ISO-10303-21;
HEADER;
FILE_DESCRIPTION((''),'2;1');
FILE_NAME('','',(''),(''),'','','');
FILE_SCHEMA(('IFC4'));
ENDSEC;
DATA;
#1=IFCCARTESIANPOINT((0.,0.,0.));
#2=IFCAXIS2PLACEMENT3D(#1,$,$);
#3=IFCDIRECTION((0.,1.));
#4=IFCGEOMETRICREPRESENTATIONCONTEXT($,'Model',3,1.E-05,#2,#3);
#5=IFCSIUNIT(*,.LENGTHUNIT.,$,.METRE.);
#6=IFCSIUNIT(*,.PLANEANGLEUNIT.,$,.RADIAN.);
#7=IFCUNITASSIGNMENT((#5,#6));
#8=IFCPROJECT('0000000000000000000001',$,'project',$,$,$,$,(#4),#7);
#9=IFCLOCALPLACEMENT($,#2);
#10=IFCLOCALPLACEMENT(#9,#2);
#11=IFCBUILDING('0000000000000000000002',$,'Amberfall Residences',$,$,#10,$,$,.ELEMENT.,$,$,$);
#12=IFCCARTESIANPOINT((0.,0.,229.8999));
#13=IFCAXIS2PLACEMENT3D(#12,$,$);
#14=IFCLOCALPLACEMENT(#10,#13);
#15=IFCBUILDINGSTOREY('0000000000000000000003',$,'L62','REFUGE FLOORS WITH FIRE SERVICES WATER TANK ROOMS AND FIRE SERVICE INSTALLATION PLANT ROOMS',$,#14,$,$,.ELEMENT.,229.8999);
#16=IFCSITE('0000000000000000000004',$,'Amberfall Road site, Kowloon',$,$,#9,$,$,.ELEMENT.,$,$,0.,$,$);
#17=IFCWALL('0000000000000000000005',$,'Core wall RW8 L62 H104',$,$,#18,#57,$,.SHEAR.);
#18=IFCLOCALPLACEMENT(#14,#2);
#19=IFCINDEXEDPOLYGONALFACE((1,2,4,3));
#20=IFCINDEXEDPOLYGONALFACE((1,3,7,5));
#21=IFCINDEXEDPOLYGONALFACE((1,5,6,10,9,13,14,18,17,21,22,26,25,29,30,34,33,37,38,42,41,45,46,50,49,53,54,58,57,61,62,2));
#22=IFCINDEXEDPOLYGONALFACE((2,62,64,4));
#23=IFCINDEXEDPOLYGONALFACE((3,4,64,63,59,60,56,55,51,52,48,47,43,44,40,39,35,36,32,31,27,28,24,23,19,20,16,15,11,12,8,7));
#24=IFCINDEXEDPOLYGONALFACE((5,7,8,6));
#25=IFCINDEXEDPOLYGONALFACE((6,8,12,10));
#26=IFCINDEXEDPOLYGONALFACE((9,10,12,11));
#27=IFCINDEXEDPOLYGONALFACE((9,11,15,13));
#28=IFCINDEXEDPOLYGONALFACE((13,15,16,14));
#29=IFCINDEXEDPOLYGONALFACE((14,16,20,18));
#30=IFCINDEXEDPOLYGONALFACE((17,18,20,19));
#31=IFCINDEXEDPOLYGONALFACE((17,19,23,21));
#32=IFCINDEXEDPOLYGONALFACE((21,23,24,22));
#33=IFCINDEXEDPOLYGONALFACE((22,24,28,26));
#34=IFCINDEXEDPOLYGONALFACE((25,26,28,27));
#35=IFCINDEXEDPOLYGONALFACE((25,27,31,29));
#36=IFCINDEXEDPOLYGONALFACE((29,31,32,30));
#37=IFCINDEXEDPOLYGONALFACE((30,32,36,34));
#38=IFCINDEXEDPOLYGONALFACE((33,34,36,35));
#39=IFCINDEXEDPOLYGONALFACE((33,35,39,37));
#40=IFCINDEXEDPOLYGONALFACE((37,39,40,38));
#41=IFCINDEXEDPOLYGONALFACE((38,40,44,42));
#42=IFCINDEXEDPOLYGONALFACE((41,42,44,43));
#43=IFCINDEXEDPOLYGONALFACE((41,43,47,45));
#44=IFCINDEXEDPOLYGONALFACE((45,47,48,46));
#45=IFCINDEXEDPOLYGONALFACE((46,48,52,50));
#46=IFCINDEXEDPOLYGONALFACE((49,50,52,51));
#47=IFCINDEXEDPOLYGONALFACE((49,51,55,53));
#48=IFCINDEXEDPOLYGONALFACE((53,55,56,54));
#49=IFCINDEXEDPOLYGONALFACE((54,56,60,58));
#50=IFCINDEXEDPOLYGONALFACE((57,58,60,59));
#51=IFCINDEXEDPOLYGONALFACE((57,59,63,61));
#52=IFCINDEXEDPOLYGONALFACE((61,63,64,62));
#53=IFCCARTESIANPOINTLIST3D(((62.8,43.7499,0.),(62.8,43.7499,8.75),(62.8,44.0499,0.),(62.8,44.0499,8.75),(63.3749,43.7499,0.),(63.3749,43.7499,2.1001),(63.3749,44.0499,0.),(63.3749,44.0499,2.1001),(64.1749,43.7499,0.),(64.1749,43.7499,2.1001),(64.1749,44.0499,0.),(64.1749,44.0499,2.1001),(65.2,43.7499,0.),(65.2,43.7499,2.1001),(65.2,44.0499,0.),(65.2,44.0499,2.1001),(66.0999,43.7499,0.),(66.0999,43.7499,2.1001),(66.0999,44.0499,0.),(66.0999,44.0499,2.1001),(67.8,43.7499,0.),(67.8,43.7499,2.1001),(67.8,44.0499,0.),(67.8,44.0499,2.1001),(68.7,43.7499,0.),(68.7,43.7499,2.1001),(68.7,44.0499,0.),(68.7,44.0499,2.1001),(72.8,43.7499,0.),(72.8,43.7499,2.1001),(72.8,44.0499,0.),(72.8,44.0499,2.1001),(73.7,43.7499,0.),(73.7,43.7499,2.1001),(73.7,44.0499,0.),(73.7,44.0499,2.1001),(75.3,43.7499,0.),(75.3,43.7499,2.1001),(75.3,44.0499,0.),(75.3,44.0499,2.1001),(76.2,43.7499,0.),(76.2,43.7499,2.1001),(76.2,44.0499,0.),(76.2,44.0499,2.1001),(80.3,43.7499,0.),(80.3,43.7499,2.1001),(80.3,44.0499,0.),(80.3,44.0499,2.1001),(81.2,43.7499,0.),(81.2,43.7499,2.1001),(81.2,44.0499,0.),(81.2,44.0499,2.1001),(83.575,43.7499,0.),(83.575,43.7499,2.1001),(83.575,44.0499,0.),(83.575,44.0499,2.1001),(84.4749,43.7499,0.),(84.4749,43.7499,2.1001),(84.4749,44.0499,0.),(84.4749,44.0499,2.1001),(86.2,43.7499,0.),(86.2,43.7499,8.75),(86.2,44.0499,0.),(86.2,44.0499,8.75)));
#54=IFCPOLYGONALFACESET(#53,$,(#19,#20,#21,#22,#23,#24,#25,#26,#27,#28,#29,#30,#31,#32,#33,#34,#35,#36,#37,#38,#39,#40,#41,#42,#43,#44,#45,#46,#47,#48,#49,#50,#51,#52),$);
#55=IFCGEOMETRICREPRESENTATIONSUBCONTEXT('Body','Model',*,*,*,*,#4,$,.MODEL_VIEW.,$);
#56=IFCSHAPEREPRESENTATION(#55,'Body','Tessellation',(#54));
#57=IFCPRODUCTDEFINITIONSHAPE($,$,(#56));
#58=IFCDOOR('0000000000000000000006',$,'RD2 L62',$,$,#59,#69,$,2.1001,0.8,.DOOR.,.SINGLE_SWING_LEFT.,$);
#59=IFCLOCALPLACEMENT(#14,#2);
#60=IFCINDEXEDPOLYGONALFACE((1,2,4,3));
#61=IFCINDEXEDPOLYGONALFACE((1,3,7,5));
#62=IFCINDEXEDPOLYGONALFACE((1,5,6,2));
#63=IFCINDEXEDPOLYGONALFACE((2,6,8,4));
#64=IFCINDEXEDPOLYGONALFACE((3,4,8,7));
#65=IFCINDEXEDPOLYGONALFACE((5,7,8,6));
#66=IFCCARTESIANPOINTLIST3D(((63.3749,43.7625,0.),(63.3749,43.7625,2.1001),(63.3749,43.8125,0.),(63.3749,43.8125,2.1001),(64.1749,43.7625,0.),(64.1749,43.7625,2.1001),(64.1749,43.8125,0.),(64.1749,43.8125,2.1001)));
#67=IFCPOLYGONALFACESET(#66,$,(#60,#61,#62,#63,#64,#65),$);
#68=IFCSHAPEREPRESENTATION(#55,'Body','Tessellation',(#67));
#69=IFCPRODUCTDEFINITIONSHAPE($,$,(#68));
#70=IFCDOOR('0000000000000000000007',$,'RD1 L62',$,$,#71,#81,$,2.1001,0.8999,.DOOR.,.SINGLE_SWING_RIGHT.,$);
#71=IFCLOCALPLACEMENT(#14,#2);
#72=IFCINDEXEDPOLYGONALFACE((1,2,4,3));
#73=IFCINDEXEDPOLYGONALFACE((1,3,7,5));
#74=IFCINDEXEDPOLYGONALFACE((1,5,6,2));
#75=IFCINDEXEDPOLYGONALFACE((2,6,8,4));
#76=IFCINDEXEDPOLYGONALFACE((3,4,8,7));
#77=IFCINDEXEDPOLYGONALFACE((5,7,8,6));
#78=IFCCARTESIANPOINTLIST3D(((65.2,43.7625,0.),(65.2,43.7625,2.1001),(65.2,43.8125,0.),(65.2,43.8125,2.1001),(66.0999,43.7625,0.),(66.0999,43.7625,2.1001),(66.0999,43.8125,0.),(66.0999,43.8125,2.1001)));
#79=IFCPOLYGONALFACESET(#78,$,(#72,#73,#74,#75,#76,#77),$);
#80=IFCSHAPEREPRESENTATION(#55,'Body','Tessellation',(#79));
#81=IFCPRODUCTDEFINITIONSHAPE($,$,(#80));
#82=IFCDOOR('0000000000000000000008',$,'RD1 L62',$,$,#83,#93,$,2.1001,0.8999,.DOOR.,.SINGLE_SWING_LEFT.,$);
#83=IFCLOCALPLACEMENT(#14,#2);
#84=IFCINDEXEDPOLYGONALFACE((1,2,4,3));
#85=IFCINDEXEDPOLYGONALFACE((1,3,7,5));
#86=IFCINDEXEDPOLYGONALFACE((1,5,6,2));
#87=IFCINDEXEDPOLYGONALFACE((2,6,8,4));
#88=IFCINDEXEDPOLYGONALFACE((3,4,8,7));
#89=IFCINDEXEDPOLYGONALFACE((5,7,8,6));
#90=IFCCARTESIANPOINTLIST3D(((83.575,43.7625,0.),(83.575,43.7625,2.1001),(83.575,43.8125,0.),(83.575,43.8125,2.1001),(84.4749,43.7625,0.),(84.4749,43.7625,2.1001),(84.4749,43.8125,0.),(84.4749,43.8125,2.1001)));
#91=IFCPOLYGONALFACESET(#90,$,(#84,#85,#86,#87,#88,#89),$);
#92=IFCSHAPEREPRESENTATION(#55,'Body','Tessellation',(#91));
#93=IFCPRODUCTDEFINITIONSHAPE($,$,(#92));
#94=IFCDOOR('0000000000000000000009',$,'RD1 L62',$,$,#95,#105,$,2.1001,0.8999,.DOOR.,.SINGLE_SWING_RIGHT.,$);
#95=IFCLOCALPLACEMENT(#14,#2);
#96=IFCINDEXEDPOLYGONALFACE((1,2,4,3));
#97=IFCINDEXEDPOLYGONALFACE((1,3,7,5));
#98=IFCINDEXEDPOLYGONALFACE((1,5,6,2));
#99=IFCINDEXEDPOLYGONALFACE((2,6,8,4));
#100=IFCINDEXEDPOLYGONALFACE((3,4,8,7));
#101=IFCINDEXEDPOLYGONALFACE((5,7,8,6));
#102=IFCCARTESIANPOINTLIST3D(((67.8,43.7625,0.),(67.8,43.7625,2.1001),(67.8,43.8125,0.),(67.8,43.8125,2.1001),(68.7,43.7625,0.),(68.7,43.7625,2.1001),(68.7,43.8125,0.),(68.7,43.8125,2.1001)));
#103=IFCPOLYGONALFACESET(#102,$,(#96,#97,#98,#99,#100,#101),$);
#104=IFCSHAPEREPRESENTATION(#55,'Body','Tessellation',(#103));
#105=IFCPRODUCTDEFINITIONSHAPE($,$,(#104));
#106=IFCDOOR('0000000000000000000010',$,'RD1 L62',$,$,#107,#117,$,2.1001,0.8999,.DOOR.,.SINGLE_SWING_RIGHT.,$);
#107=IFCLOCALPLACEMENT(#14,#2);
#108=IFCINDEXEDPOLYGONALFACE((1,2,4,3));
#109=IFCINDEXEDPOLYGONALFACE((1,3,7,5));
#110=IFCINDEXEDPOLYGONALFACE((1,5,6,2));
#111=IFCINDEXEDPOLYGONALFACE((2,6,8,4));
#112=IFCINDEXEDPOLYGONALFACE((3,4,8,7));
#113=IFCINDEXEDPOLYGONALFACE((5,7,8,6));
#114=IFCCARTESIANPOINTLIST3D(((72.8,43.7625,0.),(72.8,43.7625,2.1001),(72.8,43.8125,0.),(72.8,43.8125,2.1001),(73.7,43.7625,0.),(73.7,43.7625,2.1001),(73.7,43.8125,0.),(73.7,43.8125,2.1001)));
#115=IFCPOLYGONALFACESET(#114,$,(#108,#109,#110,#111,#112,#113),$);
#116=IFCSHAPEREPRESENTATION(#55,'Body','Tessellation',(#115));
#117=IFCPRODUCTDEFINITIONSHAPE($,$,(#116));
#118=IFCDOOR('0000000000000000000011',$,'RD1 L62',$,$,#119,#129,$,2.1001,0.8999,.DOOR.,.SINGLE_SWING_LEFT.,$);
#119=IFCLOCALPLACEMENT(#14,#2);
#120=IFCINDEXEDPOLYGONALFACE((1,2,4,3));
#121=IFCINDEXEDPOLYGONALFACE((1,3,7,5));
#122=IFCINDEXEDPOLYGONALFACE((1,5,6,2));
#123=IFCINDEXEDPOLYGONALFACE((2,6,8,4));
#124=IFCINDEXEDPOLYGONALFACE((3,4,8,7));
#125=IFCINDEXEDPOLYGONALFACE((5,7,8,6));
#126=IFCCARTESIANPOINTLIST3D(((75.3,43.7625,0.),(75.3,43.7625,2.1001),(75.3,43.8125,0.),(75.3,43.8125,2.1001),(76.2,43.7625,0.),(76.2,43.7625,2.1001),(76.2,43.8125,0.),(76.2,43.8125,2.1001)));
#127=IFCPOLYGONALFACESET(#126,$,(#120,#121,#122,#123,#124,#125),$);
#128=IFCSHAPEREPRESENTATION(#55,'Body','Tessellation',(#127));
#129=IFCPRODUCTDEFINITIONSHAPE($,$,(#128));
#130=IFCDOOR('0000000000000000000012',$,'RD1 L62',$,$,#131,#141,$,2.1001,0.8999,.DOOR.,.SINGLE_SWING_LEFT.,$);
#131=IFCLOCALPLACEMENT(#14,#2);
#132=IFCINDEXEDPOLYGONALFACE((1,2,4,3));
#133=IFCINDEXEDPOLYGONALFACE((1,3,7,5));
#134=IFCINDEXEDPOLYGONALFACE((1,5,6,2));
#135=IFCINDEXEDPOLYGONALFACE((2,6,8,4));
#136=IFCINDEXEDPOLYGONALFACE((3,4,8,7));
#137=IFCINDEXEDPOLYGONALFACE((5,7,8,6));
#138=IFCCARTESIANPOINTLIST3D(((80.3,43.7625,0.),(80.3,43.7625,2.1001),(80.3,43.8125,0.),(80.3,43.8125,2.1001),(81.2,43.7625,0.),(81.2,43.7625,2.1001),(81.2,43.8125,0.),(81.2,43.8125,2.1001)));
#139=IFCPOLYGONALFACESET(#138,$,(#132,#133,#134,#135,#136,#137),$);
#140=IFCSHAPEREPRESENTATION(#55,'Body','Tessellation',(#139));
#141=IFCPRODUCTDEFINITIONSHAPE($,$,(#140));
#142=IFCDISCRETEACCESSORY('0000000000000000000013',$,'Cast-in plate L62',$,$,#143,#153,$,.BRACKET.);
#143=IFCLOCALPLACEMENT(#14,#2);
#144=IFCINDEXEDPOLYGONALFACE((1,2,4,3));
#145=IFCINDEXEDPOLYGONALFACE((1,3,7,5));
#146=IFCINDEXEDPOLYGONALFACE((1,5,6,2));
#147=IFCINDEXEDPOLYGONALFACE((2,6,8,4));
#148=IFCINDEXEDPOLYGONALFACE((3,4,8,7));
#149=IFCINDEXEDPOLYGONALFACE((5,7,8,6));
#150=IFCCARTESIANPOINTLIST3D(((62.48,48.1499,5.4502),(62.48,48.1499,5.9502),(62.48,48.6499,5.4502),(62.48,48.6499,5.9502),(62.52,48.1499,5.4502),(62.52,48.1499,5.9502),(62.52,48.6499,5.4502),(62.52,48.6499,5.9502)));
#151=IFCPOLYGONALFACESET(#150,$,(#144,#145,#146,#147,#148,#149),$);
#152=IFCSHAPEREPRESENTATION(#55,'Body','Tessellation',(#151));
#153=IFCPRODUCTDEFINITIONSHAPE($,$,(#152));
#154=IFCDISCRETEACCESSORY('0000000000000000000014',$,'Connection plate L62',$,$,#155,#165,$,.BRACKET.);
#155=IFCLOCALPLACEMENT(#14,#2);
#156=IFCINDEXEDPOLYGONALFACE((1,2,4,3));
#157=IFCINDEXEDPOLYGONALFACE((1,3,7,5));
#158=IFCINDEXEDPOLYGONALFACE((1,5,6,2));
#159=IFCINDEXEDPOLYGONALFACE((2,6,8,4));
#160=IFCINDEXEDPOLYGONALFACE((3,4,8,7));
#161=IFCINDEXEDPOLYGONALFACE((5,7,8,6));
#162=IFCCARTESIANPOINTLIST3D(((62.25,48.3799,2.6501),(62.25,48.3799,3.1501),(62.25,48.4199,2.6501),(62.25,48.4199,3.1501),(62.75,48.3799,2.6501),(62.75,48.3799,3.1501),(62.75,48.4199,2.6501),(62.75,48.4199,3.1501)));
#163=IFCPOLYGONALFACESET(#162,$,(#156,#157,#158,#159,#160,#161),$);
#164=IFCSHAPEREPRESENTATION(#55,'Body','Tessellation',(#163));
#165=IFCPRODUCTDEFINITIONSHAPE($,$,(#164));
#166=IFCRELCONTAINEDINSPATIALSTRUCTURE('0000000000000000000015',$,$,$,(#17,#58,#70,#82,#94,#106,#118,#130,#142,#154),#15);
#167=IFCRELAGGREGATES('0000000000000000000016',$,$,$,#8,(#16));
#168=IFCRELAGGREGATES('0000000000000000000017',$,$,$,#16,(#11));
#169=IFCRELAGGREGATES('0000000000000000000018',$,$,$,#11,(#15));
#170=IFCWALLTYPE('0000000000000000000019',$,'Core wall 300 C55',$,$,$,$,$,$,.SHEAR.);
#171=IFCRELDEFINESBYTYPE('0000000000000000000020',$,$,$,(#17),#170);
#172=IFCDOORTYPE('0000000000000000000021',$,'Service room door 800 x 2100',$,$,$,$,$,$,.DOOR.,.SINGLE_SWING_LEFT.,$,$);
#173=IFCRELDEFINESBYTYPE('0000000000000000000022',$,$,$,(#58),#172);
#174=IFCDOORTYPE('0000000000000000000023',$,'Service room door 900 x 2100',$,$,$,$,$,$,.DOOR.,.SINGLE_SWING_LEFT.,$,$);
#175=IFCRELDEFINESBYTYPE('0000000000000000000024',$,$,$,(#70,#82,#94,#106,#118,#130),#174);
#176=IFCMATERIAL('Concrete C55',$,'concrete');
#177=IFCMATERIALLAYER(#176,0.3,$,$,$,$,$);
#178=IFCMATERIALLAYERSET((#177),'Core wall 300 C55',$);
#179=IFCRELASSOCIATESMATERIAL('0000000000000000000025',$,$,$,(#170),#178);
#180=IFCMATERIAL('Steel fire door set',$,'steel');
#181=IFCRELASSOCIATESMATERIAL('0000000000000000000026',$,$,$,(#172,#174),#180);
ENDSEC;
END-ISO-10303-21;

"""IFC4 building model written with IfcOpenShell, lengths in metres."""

from ifc_helpers import new_model, si_unit, direction, frame, frame_2d, origin, origin_2d, place, context, subcontext, project, spatial, rectangle, extrude, material, layer, layer_set, type_object, element, fill, save


model = new_model("IFC4")

# Units and contexts
model_context = context("Model", 3, precision=1e-05, world=origin(), true_north=direction((0.0, 1.0)))
body_context = subcontext(model_context, "Body", "Model", "MODEL_VIEW")
ifc_project = project(units=[si_unit("LENGTHUNIT", "METRE"), si_unit("PLANEANGLEUNIT", "RADIAN")], contexts=[model_context])

# Site, building, storey
site_placement = place(None, origin())
site = spatial("IfcSite", under=ifc_project, at=site_placement, Name="Amberfall Road site, Kowloon", CompositionType="ELEMENT", RefElevation=0.0)
building_placement = place(site_placement, origin())
building = spatial("IfcBuilding", under=site, at=building_placement, Name="Amberfall Residences", CompositionType="ELEMENT")
storey_placement = place(building_placement, frame((0.0, 0.0, 229.8999)))
storey = spatial("IfcBuildingStorey", under=building, at=storey_placement, Name="L62", Description="REFUGE FLOORS WITH FIRE SERVICES WATER TANK ROOMS AND FIRE SERVICE INSTALLATION PLANT ROOMS", CompositionType="ELEMENT", Elevation=229.8999)

# Wall, openings, doors
ifc_material_1 = material(Name="Concrete C55", Category="concrete")
ifc_layer = layer(ifc_material_1, 0.3)
ifc_layer_set = layer_set([ifc_layer], Name="Core wall 300 C55")
wall_type = type_object("IfcWallType", Name="Core wall 300 C55", PredefinedType="SHEAR", material=ifc_layer_set)
wall_1_placement = place(storey_placement, frame((62.8, 43.8999, 0.0), z_axis=(0.0, 0.0, 1.0), x_axis=(1.0, 0.0, 0.0)))
wall_1 = element("IfcWall", 1, at=wall_1_placement, inside=storey, type_object=wall_type, Name="Core wall RW8 L62 H104", PredefinedType="SHEAR", context=body_context, shape_type="SweptSolid", body=[
    extrude(rectangle(XDim=23.3999, YDim=0.3, at=frame_2d((11.7, 0.0))), origin(), (0.0, 0.0, 1.0), 8.75),
])
opening_1_placement = place(wall_1_placement, frame((0.575, 0.0, 0.0)))
opening_1 = element("IfcOpeningElement", 2, at=opening_1_placement, cuts=wall_1, PredefinedType="OPENING", context=body_context, shape_type="SweptSolid", body=[
    extrude(rectangle(XDim=0.8, YDim=2.1001, at=frame_2d((0.3999, 1.05))), frame((0.0, 0.1599, 0.0), z_axis=(0.0, -1.0, 0.0), x_axis=(1.0, 0.0, 0.0)), (0.0, 0.0, 1.0), 0.3201),
])
opening_2_placement = place(wall_1_placement, frame((2.3999, 0.0, 0.0)))
opening_2 = element("IfcOpeningElement", 3, at=opening_2_placement, cuts=wall_1, PredefinedType="OPENING", context=body_context, shape_type="SweptSolid", body=[
    extrude(rectangle(XDim=0.8999, YDim=2.1001, at=frame_2d((0.45, 1.05))), frame((0.0, 0.1599, 0.0), z_axis=(0.0, -1.0, 0.0), x_axis=(1.0, 0.0, 0.0)), (0.0, 0.0, 1.0), 0.3201),
])
opening_3_placement = place(wall_1_placement, frame((20.7749, 0.0, 0.0)))
opening_3 = element("IfcOpeningElement", 4, at=opening_3_placement, cuts=wall_1, PredefinedType="OPENING", context=body_context, shape_type="SweptSolid", body=[
    extrude(rectangle(XDim=0.8999, YDim=2.1001, at=frame_2d((0.45, 1.05))), frame((0.0, 0.1599, 0.0), z_axis=(0.0, -1.0, 0.0), x_axis=(1.0, 0.0, 0.0)), (0.0, 0.0, 1.0), 0.3201),
])
opening_4_placement = place(wall_1_placement, frame((5.0, 0.0, 0.0)))
opening_4 = element("IfcOpeningElement", 5, at=opening_4_placement, cuts=wall_1, PredefinedType="OPENING", context=body_context, shape_type="SweptSolid", body=[
    extrude(rectangle(XDim=0.8999, YDim=2.1001, at=frame_2d((0.45, 1.05))), frame((0.0, 0.1599, 0.0), z_axis=(0.0, -1.0, 0.0), x_axis=(1.0, 0.0, 0.0)), (0.0, 0.0, 1.0), 0.3201),
])
opening_5_placement = place(wall_1_placement, frame((10.0, 0.0, 0.0)))
opening_5 = element("IfcOpeningElement", 6, at=opening_5_placement, cuts=wall_1, PredefinedType="OPENING", context=body_context, shape_type="SweptSolid", body=[
    extrude(rectangle(XDim=0.8999, YDim=2.1001, at=frame_2d((0.45, 1.05))), frame((0.0, 0.1599, 0.0), z_axis=(0.0, -1.0, 0.0), x_axis=(1.0, 0.0, 0.0)), (0.0, 0.0, 1.0), 0.3201),
])
opening_6_placement = place(wall_1_placement, frame((12.5, 0.0, 0.0)))
opening_6 = element("IfcOpeningElement", 7, at=opening_6_placement, cuts=wall_1, PredefinedType="OPENING", context=body_context, shape_type="SweptSolid", body=[
    extrude(rectangle(XDim=0.8999, YDim=2.1001, at=frame_2d((0.45, 1.05))), frame((0.0, 0.1599, 0.0), z_axis=(0.0, -1.0, 0.0), x_axis=(1.0, 0.0, 0.0)), (0.0, 0.0, 1.0), 0.3201),
])
opening_7_placement = place(wall_1_placement, frame((17.5, 0.0, 0.0)))
opening_7 = element("IfcOpeningElement", 8, at=opening_7_placement, cuts=wall_1, PredefinedType="OPENING", context=body_context, shape_type="SweptSolid", body=[
    extrude(rectangle(XDim=0.8999, YDim=2.1001, at=frame_2d((0.45, 1.05))), frame((0.0, 0.1599, 0.0), z_axis=(0.0, -1.0, 0.0), x_axis=(1.0, 0.0, 0.0)), (0.0, 0.0, 1.0), 0.3201),
])
ifc_material_2 = material(Name="Steel fire door set", Category="steel")
door_type_1 = type_object("IfcDoorType", Name="Service room door 800 x 2100", OperationType="SINGLE_SWING_LEFT", PredefinedType="DOOR", material=ifc_material_2)
door_1_placement = place(opening_1_placement, origin())
door_1 = element("IfcDoor", 9, at=door_1_placement, inside=storey, type_object=door_type_1, Name="RD2 L62", OperationType="SINGLE_SWING_LEFT", OverallHeight=2.1001, OverallWidth=0.8, PredefinedType="DOOR", context=body_context, shape_type="SweptSolid", body=[
    extrude(rectangle(XDim=0.8, YDim=2.1001, at=frame_2d((0.3999, 1.05))), frame((0.0, -0.0874, 0.0), z_axis=(0.0, -1.0, 0.0), x_axis=(1.0, 0.0, 0.0)), (0.0, 0.0, 1.0), 0.05),
])
fill(opening_1, door_1)
door_type_2 = type_object("IfcDoorType", Name="Service room door 900 x 2100", OperationType="SINGLE_SWING_LEFT", PredefinedType="DOOR", material=ifc_material_2)
door_2_placement = place(opening_2_placement, origin())
door_2 = element("IfcDoor", 10, at=door_2_placement, inside=storey, type_object=door_type_2, Name="RD1 L62", OperationType="SINGLE_SWING_RIGHT", OverallHeight=2.1001, OverallWidth=0.8999, PredefinedType="DOOR", context=body_context, shape_type="SweptSolid", body=[
    extrude(rectangle(XDim=0.8999, YDim=2.1001, at=frame_2d((0.45, 1.05))), frame((0.0, -0.0874, 0.0), z_axis=(0.0, -1.0, 0.0), x_axis=(1.0, 0.0, 0.0)), (0.0, 0.0, 1.0), 0.05),
])
fill(opening_2, door_2)
door_3_placement = place(opening_3_placement, origin())
door_3 = element("IfcDoor", 11, at=door_3_placement, inside=storey, type_object=door_type_2, Name="RD1 L62", OperationType="SINGLE_SWING_LEFT", OverallHeight=2.1001, OverallWidth=0.8999, PredefinedType="DOOR", context=body_context, shape_type="SweptSolid", body=[
    extrude(rectangle(XDim=0.8999, YDim=2.1001, at=frame_2d((0.45, 1.05))), frame((0.0, -0.0874, 0.0), z_axis=(0.0, -1.0, 0.0), x_axis=(1.0, 0.0, 0.0)), (0.0, 0.0, 1.0), 0.05),
])
fill(opening_3, door_3)
door_4_placement = place(opening_4_placement, origin())
door_4 = element("IfcDoor", 12, at=door_4_placement, inside=storey, type_object=door_type_2, Name="RD1 L62", OperationType="SINGLE_SWING_RIGHT", OverallHeight=2.1001, OverallWidth=0.8999, PredefinedType="DOOR", context=body_context, shape_type="SweptSolid", body=[
    extrude(rectangle(XDim=0.8999, YDim=2.1001, at=frame_2d((0.45, 1.05))), frame((0.0, -0.0874, 0.0), z_axis=(0.0, -1.0, 0.0), x_axis=(1.0, 0.0, 0.0)), (0.0, 0.0, 1.0), 0.05),
])
fill(opening_4, door_4)
door_5_placement = place(opening_5_placement, origin())
door_5 = element("IfcDoor", 13, at=door_5_placement, inside=storey, type_object=door_type_2, Name="RD1 L62", OperationType="SINGLE_SWING_RIGHT", OverallHeight=2.1001, OverallWidth=0.8999, PredefinedType="DOOR", context=body_context, shape_type="SweptSolid", body=[
    extrude(rectangle(XDim=0.8999, YDim=2.1001, at=frame_2d((0.45, 1.05))), frame((0.0, -0.0874, 0.0), z_axis=(0.0, -1.0, 0.0), x_axis=(1.0, 0.0, 0.0)), (0.0, 0.0, 1.0), 0.05),
])
fill(opening_5, door_5)
door_6_placement = place(opening_6_placement, origin())
door_6 = element("IfcDoor", 14, at=door_6_placement, inside=storey, type_object=door_type_2, Name="RD1 L62", OperationType="SINGLE_SWING_LEFT", OverallHeight=2.1001, OverallWidth=0.8999, PredefinedType="DOOR", context=body_context, shape_type="SweptSolid", body=[
    extrude(rectangle(XDim=0.8999, YDim=2.1001, at=frame_2d((0.45, 1.05))), frame((0.0, -0.0874, 0.0), z_axis=(0.0, -1.0, 0.0), x_axis=(1.0, 0.0, 0.0)), (0.0, 0.0, 1.0), 0.05),
])
fill(opening_6, door_6)
door_7_placement = place(opening_7_placement, origin())
door_7 = element("IfcDoor", 15, at=door_7_placement, inside=storey, type_object=door_type_2, Name="RD1 L62", OperationType="SINGLE_SWING_LEFT", OverallHeight=2.1001, OverallWidth=0.8999, PredefinedType="DOOR", context=body_context, shape_type="SweptSolid", body=[
    extrude(rectangle(XDim=0.8999, YDim=2.1001, at=frame_2d((0.45, 1.05))), frame((0.0, -0.0874, 0.0), z_axis=(0.0, -1.0, 0.0), x_axis=(1.0, 0.0, 0.0)), (0.0, 0.0, 1.0), 0.05),
])
fill(opening_7, door_7)

# Discrete accessories
discrete_accessory_placement = place(storey_placement, frame((62.5, 48.3999, 5.4502), z_axis=(0.0, 0.0, 1.0), x_axis=(1.0, 0.0, 0.0)))
element("IfcDiscreteAccessory", 16, at=discrete_accessory_placement, inside=storey, Name="Cast-in plate L62", PredefinedType="BRACKET", context=body_context, shape_type="SweptSolid", body=[
    extrude(rectangle(XDim=0.04, YDim=0.5, at=origin_2d()), origin(), (0.0, 0.0, 1.0), 0.5),
])
for number, where, z_axis, x_axis, name in (
    (17, (62.5, 48.3999, 2.6501), (0.0, 0.0, 1.0), (1.0, 0.0, 0.0), "Connection plate L62"),
):
    element("IfcDiscreteAccessory", number, at=place(storey_placement, frame(where, z_axis=z_axis, x_axis=x_axis)), inside=storey, Name=name, PredefinedType="BRACKET", context=body_context, shape_type="SweptSolid", body=[
        extrude(rectangle(XDim=0.5, YDim=0.04, at=origin_2d()), origin(), (0.0, 0.0, 1.0), 0.5),
    ])

save(model, "model.ifc")
